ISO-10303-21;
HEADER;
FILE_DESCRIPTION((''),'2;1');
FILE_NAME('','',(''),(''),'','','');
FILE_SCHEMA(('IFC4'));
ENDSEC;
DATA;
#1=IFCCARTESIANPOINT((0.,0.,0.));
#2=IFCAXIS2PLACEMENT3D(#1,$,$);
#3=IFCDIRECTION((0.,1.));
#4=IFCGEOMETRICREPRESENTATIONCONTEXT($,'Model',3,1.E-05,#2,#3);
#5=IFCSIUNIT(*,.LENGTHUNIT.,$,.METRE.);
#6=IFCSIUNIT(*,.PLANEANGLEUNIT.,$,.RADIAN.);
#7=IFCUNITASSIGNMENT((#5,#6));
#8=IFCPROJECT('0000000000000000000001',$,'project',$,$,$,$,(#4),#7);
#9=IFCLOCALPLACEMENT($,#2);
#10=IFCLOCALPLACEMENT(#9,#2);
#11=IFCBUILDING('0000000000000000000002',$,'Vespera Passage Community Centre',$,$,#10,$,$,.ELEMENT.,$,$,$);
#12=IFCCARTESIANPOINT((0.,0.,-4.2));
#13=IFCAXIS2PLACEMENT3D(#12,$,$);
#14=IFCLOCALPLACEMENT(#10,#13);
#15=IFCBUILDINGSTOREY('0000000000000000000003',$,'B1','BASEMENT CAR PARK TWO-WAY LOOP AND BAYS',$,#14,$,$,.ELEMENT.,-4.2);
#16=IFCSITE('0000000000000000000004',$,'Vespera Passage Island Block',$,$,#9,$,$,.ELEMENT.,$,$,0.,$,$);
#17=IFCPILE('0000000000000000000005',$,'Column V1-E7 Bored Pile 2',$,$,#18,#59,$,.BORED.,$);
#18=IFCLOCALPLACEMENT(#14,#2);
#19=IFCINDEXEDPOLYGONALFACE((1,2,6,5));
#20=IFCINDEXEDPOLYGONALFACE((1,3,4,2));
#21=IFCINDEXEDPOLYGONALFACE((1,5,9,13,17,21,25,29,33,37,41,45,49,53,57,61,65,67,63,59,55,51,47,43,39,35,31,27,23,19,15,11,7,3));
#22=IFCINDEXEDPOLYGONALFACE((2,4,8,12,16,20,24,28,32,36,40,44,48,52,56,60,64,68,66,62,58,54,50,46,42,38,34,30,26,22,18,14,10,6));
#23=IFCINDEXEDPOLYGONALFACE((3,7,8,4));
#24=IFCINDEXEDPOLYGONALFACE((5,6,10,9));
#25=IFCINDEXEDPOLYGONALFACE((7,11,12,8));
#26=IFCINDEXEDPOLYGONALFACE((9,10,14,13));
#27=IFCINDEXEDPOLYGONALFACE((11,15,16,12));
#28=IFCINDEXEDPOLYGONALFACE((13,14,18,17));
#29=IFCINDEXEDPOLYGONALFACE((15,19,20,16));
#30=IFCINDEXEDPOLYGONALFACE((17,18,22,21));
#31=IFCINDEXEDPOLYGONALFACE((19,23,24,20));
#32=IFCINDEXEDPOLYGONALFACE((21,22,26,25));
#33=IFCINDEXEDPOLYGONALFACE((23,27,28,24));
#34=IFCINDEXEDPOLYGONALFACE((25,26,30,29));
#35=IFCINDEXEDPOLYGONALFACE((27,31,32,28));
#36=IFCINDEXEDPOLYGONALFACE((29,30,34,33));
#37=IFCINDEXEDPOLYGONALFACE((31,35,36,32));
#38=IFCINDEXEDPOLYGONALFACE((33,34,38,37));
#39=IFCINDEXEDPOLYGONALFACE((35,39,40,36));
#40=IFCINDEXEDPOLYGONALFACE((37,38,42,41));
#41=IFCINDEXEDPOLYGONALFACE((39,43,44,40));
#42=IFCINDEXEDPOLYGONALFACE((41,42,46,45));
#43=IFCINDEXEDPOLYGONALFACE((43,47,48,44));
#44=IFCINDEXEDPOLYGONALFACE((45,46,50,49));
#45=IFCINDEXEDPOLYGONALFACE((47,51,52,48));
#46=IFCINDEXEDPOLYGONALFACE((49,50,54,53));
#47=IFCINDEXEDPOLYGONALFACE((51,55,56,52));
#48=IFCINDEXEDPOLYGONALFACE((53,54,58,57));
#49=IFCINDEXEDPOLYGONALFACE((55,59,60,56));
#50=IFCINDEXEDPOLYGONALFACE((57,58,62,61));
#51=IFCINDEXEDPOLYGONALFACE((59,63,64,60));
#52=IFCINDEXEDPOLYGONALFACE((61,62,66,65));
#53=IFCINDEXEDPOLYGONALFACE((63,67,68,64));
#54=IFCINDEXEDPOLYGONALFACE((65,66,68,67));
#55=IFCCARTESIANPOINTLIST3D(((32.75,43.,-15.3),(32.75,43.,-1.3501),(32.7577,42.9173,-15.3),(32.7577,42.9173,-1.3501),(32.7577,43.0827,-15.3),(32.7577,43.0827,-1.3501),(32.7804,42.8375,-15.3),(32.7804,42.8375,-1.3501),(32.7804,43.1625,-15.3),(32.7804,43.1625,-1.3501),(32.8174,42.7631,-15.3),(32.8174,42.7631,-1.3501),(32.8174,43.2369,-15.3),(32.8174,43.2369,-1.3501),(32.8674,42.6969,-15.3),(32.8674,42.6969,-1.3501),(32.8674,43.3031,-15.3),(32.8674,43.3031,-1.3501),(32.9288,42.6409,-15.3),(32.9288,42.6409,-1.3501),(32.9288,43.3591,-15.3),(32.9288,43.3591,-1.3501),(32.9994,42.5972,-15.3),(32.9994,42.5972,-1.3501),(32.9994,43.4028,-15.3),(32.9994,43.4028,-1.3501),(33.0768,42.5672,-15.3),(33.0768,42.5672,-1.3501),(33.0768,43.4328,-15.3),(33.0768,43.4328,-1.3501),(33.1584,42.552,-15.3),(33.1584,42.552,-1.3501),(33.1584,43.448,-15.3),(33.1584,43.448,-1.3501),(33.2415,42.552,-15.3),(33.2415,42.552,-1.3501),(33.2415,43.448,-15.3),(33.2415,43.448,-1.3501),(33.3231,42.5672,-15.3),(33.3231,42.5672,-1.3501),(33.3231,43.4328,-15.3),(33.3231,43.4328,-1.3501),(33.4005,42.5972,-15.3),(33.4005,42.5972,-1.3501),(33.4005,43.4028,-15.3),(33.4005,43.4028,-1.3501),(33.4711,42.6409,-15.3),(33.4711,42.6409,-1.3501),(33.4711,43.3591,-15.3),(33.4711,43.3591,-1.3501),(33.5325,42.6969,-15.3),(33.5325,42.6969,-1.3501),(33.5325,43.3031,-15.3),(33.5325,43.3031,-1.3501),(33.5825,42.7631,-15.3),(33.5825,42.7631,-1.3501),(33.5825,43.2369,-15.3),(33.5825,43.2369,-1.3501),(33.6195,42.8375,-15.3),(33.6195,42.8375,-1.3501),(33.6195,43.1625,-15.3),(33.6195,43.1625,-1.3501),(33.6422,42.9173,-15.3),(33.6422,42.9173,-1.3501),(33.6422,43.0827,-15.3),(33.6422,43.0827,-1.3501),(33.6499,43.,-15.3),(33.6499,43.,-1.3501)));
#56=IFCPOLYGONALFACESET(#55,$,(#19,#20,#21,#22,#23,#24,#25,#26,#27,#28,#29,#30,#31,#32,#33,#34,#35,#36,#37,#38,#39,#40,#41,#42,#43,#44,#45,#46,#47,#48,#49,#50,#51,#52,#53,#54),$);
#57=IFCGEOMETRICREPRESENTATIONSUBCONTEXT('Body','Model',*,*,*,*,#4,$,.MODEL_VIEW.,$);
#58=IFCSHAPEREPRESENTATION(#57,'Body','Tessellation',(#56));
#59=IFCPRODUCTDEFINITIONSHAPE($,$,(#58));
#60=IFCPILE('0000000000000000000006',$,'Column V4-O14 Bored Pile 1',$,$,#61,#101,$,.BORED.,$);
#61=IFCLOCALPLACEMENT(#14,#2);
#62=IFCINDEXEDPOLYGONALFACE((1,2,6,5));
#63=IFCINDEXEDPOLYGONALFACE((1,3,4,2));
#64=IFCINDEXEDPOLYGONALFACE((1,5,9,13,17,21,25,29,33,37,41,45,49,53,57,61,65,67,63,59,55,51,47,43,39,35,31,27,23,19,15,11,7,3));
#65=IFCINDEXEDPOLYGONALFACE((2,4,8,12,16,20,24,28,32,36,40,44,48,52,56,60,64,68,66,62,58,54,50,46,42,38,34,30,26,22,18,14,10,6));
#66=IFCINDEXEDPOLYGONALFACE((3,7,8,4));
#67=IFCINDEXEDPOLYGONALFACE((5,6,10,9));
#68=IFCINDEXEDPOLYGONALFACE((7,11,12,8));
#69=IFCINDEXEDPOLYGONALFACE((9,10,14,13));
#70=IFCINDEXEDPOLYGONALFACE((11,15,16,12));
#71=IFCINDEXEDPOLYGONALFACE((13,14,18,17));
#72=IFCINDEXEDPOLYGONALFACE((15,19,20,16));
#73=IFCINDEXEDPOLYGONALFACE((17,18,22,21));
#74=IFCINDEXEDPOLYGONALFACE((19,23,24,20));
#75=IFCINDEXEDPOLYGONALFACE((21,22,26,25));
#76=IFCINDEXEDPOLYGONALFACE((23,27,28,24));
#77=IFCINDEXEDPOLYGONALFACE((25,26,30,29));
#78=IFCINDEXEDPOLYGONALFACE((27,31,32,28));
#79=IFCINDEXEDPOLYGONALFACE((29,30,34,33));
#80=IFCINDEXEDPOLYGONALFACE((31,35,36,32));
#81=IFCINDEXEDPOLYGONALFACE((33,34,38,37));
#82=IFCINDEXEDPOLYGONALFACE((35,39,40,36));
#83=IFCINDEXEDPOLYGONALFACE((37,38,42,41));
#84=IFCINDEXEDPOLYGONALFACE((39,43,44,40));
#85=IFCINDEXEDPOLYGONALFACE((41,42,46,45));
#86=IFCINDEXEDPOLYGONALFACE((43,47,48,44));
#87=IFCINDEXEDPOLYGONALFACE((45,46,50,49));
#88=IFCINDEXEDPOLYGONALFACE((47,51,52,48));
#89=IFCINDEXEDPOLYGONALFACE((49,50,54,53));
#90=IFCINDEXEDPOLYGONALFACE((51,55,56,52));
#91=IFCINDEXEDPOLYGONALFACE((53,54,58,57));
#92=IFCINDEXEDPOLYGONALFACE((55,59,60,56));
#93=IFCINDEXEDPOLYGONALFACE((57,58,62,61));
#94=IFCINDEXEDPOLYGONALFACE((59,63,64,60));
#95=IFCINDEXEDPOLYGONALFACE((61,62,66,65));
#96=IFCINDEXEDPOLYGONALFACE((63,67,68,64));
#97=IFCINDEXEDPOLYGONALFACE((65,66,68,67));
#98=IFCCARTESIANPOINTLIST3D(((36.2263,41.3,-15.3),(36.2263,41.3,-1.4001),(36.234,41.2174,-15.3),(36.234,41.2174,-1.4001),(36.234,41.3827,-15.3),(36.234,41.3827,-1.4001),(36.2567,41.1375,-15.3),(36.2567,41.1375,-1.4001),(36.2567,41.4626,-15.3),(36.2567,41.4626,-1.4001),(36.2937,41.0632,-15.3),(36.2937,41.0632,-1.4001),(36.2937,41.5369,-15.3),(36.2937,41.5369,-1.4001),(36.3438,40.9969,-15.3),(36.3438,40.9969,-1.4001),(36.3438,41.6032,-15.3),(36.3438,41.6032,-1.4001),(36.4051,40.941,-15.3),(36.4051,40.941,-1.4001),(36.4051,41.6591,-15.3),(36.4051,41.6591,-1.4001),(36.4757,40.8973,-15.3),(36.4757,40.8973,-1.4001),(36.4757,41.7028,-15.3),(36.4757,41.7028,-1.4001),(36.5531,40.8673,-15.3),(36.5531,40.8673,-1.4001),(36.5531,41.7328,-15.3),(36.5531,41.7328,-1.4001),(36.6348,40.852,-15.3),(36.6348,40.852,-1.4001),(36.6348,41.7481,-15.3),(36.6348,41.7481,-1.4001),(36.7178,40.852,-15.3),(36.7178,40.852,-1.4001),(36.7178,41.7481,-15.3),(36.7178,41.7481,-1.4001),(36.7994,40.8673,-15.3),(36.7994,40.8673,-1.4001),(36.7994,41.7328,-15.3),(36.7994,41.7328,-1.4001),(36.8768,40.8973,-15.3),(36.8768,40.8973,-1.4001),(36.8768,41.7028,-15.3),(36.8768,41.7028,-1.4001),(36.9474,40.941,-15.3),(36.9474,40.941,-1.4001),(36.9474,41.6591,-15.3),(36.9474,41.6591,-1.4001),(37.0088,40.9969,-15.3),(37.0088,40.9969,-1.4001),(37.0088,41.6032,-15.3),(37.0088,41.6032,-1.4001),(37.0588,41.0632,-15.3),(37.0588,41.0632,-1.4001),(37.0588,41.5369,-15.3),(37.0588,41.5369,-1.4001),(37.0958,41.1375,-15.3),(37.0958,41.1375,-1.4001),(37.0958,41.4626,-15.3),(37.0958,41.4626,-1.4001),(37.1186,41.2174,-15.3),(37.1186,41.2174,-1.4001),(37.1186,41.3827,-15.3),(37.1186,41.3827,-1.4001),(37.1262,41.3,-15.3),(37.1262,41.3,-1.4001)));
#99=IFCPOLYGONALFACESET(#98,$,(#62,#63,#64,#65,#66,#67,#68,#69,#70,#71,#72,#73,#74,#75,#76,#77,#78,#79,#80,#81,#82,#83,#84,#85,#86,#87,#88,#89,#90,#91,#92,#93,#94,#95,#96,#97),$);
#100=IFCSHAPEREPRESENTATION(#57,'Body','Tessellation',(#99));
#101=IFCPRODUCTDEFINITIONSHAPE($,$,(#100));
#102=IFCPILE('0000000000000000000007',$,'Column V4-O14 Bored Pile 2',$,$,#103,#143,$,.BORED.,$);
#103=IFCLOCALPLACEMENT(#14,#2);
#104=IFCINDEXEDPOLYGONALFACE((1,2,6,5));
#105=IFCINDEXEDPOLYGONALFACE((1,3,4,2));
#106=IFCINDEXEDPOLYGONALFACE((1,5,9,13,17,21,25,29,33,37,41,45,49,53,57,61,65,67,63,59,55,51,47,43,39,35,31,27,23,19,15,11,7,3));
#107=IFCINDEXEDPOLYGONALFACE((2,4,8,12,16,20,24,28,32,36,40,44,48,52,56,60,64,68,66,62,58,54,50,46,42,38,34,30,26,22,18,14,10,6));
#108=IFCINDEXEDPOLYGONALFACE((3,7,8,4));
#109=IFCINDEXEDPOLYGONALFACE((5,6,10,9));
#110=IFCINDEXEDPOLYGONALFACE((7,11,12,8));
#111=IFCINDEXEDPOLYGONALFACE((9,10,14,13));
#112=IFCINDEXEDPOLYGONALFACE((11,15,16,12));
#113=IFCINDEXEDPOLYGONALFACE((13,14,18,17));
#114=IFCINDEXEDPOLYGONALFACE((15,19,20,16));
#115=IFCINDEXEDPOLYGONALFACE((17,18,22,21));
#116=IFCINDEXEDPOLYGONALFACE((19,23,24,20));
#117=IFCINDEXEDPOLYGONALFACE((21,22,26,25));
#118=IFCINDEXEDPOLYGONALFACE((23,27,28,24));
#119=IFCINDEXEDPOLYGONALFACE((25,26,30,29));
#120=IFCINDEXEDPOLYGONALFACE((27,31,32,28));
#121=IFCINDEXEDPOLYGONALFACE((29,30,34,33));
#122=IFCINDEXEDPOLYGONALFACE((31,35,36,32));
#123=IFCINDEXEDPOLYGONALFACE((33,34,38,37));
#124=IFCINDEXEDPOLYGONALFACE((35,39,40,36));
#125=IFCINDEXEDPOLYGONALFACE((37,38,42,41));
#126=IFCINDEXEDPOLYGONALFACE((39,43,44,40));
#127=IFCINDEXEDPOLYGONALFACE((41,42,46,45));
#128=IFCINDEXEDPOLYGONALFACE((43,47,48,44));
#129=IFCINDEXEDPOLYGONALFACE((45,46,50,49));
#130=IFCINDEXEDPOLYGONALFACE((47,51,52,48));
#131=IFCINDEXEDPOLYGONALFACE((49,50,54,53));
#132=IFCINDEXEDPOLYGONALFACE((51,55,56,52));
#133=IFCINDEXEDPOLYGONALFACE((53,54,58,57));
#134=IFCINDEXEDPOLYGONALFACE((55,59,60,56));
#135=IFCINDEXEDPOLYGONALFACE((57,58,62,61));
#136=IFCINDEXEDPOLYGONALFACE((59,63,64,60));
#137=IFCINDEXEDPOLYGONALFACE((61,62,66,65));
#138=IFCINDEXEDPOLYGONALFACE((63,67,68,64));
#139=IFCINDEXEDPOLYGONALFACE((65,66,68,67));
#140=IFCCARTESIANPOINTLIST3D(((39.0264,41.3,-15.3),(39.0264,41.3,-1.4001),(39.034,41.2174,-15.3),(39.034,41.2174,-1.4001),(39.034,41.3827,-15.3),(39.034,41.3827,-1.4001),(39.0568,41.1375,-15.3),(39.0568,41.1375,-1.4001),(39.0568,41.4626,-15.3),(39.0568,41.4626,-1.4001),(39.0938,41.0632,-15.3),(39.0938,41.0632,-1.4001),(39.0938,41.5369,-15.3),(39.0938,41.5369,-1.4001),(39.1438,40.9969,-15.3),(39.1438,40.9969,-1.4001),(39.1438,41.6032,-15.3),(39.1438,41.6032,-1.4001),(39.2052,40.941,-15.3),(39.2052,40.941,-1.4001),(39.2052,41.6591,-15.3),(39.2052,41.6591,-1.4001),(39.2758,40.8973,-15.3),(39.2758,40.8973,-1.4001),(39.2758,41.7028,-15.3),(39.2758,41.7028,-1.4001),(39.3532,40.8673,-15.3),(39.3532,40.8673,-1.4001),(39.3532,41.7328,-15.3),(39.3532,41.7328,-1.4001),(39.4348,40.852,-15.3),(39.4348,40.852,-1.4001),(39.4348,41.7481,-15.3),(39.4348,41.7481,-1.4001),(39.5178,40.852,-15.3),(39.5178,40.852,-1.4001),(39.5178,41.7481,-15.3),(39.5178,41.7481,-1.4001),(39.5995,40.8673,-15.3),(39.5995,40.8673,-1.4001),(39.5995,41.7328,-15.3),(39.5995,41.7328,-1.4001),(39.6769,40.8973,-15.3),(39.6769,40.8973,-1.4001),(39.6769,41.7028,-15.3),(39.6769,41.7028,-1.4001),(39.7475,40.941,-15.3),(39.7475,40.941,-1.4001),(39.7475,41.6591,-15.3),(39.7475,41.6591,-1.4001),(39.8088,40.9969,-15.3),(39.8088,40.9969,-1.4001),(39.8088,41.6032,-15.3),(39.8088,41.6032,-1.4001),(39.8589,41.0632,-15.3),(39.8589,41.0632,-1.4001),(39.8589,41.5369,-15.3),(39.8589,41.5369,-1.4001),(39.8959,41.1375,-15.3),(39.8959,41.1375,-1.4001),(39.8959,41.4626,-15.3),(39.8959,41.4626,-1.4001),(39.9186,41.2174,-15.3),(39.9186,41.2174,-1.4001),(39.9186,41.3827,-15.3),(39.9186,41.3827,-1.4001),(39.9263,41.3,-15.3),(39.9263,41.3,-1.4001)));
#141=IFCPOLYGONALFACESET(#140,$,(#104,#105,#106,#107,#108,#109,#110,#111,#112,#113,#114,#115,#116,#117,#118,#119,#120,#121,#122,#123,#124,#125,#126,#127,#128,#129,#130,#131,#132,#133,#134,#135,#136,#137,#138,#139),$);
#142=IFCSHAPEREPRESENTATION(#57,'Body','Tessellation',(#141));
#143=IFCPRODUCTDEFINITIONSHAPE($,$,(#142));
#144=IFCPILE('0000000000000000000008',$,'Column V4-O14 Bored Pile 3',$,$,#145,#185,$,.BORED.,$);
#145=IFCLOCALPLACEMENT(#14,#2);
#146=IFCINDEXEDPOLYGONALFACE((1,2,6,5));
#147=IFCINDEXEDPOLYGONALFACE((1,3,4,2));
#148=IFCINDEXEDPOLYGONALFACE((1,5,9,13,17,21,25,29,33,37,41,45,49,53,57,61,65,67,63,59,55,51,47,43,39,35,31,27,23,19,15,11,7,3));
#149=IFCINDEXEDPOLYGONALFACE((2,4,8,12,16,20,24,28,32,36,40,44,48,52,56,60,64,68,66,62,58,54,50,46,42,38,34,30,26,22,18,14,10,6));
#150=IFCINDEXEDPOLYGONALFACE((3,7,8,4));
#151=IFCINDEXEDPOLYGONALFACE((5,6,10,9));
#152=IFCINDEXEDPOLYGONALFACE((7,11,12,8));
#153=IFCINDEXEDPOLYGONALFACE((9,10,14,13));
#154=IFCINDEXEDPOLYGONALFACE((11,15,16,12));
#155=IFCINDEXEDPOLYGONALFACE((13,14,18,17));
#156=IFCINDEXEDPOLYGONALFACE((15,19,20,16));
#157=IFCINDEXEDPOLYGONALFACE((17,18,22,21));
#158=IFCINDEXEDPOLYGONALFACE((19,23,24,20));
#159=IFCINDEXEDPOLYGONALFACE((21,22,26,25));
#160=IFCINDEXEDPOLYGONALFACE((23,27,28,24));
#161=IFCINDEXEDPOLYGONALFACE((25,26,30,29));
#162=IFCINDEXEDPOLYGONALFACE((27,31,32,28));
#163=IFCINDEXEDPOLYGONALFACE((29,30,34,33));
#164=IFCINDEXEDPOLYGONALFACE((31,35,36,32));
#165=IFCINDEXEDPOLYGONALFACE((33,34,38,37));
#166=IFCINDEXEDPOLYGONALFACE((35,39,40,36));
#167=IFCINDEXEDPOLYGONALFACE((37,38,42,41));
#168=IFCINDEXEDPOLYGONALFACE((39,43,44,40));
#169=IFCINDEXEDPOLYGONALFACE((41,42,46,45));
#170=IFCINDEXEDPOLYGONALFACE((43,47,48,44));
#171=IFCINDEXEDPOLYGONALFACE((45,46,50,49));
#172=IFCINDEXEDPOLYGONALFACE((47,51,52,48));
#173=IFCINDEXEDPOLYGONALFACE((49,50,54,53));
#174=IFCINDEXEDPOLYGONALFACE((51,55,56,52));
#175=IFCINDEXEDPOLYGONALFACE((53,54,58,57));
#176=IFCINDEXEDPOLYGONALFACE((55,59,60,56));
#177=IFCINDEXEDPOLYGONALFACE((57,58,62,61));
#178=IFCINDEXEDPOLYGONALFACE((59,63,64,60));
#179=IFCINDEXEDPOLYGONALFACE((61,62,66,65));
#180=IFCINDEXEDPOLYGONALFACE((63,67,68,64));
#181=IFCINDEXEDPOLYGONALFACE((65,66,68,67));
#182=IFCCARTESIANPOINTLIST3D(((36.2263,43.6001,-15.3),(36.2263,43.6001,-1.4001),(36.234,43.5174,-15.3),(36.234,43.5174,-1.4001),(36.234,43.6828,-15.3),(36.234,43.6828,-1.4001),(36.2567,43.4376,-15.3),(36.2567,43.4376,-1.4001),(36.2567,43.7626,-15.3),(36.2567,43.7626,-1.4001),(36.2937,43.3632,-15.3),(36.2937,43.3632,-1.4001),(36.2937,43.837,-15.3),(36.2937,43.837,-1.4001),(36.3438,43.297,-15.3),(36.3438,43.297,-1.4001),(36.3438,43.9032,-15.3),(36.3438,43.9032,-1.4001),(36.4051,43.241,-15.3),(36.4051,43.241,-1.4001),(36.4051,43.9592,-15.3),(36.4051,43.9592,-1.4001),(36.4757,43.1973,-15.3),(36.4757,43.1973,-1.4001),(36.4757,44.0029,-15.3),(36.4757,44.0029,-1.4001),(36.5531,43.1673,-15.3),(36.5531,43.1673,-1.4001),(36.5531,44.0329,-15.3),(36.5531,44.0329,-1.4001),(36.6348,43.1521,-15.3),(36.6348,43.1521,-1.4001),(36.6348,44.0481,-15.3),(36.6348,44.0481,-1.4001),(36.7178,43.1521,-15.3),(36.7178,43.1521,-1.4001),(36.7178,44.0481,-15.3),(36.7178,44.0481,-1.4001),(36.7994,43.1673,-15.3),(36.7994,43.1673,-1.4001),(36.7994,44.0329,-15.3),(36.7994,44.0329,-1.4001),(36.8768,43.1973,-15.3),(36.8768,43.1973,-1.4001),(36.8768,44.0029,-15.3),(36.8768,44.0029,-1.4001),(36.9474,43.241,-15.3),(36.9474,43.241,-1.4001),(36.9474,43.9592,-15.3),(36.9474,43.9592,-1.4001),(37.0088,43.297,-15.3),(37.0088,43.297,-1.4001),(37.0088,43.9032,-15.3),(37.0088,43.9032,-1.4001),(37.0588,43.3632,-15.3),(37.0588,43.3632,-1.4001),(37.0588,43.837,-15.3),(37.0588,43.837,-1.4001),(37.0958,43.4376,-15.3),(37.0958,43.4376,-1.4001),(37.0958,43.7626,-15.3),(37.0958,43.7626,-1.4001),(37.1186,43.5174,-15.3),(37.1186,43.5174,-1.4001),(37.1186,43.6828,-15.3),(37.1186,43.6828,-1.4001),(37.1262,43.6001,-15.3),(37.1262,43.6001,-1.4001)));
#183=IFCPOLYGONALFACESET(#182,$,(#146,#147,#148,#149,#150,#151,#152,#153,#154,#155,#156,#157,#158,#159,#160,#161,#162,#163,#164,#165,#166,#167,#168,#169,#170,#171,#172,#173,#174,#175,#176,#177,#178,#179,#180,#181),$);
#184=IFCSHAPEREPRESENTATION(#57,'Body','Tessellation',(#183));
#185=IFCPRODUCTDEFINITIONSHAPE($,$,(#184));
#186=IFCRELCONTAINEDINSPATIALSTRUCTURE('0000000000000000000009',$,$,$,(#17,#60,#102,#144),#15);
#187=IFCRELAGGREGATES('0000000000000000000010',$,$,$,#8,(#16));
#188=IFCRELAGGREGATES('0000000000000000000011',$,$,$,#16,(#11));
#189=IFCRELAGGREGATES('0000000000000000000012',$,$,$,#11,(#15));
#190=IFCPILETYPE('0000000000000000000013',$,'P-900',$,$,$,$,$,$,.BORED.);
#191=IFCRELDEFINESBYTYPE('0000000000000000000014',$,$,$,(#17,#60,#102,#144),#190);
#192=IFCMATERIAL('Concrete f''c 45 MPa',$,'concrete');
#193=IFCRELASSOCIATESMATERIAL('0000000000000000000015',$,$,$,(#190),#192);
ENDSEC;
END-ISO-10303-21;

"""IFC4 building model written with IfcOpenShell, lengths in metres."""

from ifc_helpers import new_model, si_unit, direction, frame, origin, origin_2d, place, context, subcontext, project, spatial, circle, extrude, material, material_profile, profile_set, type_object, element, save


model = new_model("IFC4")

# Units and contexts
model_context = context("Model", 3, precision=1e-05, world=origin(), true_north=direction((0.0, 1.0)))
body_context = subcontext(model_context, "Body", "Model", "MODEL_VIEW")
ifc_project = project(units=[si_unit("LENGTHUNIT", "METRE"), si_unit("PLANEANGLEUNIT", "RADIAN")], contexts=[model_context])

# Site, building, storey
site_placement = place(None, origin())
site = spatial("IfcSite", under=ifc_project, at=site_placement, Name="Vespera Passage Island Block", CompositionType="ELEMENT", RefElevation=0.0)
building_placement = place(site_placement, origin())
building = spatial("IfcBuilding", under=site, at=building_placement, Name="Vespera Passage Community Centre", CompositionType="ELEMENT")
storey_placement = place(building_placement, frame((0.0, 0.0, -4.2)))
storey = spatial("IfcBuildingStorey", under=building, at=storey_placement, Name="B1", Description="BASEMENT CAR PARK TWO-WAY LOOP AND BAYS", CompositionType="ELEMENT", Elevation=-4.2)

# Piles
ifc_material_1 = material(Name="Concrete f'c 45 MPa", Category="concrete")
ifc_material_profile_1 = material_profile(ifc_material_1, circle(Radius=0.45, at=origin_2d()), Name="PILE900DIA")
ifc_profile_set_1 = profile_set([ifc_material_profile_1], Name="Concrete f'c 45 MPa")
pile_type_1 = type_object("IfcPileType", Name="P-900", PredefinedType="BORED", material=ifc_profile_set_1)
pile_1_placement = place(storey_placement, frame((33.2, 43.0, -1.3501), z_axis=(0.0, 0.0, -1.0), x_axis=(1.0, 0.0, 0.0)))
element("IfcPile", 1, at=pile_1_placement, inside=storey, type_object=pile_type_1, Name="Column V1-E7 Bored Pile 2", PredefinedType="BORED", context=body_context, shape_type="SweptSolid", body=[
    extrude(circle(Radius=0.45, at=origin_2d()), origin(), (0.0, 0.0, 1.0), 13.95),
])
for number, where, z_axis, x_axis, name in (
    (2, (36.6763, 41.3, -1.4001), (0.0, 0.0, -1.0), (1.0, 0.0, 0.0), "Column V4-O14 Bored Pile 1"),
    (3, (39.4763, 41.3, -1.4001), (0.0, 0.0, -1.0), (1.0, 0.0, 0.0), "Column V4-O14 Bored Pile 2"),
    (4, (36.6763, 43.6001, -1.4001), (0.0, 0.0, -1.0), (1.0, 0.0, 0.0), "Column V4-O14 Bored Pile 3"),
):
    element("IfcPile", number, at=place(storey_placement, frame(where, z_axis=z_axis, x_axis=x_axis)), inside=storey, type_object=pile_type_1, Name=name, PredefinedType="BORED", context=body_context, shape_type="SweptSolid", body=[
        extrude(circle(Radius=0.45, at=origin_2d()), origin(), (0.0, 0.0, 1.0), 13.8999),
    ])

save(model, "model.ifc")
